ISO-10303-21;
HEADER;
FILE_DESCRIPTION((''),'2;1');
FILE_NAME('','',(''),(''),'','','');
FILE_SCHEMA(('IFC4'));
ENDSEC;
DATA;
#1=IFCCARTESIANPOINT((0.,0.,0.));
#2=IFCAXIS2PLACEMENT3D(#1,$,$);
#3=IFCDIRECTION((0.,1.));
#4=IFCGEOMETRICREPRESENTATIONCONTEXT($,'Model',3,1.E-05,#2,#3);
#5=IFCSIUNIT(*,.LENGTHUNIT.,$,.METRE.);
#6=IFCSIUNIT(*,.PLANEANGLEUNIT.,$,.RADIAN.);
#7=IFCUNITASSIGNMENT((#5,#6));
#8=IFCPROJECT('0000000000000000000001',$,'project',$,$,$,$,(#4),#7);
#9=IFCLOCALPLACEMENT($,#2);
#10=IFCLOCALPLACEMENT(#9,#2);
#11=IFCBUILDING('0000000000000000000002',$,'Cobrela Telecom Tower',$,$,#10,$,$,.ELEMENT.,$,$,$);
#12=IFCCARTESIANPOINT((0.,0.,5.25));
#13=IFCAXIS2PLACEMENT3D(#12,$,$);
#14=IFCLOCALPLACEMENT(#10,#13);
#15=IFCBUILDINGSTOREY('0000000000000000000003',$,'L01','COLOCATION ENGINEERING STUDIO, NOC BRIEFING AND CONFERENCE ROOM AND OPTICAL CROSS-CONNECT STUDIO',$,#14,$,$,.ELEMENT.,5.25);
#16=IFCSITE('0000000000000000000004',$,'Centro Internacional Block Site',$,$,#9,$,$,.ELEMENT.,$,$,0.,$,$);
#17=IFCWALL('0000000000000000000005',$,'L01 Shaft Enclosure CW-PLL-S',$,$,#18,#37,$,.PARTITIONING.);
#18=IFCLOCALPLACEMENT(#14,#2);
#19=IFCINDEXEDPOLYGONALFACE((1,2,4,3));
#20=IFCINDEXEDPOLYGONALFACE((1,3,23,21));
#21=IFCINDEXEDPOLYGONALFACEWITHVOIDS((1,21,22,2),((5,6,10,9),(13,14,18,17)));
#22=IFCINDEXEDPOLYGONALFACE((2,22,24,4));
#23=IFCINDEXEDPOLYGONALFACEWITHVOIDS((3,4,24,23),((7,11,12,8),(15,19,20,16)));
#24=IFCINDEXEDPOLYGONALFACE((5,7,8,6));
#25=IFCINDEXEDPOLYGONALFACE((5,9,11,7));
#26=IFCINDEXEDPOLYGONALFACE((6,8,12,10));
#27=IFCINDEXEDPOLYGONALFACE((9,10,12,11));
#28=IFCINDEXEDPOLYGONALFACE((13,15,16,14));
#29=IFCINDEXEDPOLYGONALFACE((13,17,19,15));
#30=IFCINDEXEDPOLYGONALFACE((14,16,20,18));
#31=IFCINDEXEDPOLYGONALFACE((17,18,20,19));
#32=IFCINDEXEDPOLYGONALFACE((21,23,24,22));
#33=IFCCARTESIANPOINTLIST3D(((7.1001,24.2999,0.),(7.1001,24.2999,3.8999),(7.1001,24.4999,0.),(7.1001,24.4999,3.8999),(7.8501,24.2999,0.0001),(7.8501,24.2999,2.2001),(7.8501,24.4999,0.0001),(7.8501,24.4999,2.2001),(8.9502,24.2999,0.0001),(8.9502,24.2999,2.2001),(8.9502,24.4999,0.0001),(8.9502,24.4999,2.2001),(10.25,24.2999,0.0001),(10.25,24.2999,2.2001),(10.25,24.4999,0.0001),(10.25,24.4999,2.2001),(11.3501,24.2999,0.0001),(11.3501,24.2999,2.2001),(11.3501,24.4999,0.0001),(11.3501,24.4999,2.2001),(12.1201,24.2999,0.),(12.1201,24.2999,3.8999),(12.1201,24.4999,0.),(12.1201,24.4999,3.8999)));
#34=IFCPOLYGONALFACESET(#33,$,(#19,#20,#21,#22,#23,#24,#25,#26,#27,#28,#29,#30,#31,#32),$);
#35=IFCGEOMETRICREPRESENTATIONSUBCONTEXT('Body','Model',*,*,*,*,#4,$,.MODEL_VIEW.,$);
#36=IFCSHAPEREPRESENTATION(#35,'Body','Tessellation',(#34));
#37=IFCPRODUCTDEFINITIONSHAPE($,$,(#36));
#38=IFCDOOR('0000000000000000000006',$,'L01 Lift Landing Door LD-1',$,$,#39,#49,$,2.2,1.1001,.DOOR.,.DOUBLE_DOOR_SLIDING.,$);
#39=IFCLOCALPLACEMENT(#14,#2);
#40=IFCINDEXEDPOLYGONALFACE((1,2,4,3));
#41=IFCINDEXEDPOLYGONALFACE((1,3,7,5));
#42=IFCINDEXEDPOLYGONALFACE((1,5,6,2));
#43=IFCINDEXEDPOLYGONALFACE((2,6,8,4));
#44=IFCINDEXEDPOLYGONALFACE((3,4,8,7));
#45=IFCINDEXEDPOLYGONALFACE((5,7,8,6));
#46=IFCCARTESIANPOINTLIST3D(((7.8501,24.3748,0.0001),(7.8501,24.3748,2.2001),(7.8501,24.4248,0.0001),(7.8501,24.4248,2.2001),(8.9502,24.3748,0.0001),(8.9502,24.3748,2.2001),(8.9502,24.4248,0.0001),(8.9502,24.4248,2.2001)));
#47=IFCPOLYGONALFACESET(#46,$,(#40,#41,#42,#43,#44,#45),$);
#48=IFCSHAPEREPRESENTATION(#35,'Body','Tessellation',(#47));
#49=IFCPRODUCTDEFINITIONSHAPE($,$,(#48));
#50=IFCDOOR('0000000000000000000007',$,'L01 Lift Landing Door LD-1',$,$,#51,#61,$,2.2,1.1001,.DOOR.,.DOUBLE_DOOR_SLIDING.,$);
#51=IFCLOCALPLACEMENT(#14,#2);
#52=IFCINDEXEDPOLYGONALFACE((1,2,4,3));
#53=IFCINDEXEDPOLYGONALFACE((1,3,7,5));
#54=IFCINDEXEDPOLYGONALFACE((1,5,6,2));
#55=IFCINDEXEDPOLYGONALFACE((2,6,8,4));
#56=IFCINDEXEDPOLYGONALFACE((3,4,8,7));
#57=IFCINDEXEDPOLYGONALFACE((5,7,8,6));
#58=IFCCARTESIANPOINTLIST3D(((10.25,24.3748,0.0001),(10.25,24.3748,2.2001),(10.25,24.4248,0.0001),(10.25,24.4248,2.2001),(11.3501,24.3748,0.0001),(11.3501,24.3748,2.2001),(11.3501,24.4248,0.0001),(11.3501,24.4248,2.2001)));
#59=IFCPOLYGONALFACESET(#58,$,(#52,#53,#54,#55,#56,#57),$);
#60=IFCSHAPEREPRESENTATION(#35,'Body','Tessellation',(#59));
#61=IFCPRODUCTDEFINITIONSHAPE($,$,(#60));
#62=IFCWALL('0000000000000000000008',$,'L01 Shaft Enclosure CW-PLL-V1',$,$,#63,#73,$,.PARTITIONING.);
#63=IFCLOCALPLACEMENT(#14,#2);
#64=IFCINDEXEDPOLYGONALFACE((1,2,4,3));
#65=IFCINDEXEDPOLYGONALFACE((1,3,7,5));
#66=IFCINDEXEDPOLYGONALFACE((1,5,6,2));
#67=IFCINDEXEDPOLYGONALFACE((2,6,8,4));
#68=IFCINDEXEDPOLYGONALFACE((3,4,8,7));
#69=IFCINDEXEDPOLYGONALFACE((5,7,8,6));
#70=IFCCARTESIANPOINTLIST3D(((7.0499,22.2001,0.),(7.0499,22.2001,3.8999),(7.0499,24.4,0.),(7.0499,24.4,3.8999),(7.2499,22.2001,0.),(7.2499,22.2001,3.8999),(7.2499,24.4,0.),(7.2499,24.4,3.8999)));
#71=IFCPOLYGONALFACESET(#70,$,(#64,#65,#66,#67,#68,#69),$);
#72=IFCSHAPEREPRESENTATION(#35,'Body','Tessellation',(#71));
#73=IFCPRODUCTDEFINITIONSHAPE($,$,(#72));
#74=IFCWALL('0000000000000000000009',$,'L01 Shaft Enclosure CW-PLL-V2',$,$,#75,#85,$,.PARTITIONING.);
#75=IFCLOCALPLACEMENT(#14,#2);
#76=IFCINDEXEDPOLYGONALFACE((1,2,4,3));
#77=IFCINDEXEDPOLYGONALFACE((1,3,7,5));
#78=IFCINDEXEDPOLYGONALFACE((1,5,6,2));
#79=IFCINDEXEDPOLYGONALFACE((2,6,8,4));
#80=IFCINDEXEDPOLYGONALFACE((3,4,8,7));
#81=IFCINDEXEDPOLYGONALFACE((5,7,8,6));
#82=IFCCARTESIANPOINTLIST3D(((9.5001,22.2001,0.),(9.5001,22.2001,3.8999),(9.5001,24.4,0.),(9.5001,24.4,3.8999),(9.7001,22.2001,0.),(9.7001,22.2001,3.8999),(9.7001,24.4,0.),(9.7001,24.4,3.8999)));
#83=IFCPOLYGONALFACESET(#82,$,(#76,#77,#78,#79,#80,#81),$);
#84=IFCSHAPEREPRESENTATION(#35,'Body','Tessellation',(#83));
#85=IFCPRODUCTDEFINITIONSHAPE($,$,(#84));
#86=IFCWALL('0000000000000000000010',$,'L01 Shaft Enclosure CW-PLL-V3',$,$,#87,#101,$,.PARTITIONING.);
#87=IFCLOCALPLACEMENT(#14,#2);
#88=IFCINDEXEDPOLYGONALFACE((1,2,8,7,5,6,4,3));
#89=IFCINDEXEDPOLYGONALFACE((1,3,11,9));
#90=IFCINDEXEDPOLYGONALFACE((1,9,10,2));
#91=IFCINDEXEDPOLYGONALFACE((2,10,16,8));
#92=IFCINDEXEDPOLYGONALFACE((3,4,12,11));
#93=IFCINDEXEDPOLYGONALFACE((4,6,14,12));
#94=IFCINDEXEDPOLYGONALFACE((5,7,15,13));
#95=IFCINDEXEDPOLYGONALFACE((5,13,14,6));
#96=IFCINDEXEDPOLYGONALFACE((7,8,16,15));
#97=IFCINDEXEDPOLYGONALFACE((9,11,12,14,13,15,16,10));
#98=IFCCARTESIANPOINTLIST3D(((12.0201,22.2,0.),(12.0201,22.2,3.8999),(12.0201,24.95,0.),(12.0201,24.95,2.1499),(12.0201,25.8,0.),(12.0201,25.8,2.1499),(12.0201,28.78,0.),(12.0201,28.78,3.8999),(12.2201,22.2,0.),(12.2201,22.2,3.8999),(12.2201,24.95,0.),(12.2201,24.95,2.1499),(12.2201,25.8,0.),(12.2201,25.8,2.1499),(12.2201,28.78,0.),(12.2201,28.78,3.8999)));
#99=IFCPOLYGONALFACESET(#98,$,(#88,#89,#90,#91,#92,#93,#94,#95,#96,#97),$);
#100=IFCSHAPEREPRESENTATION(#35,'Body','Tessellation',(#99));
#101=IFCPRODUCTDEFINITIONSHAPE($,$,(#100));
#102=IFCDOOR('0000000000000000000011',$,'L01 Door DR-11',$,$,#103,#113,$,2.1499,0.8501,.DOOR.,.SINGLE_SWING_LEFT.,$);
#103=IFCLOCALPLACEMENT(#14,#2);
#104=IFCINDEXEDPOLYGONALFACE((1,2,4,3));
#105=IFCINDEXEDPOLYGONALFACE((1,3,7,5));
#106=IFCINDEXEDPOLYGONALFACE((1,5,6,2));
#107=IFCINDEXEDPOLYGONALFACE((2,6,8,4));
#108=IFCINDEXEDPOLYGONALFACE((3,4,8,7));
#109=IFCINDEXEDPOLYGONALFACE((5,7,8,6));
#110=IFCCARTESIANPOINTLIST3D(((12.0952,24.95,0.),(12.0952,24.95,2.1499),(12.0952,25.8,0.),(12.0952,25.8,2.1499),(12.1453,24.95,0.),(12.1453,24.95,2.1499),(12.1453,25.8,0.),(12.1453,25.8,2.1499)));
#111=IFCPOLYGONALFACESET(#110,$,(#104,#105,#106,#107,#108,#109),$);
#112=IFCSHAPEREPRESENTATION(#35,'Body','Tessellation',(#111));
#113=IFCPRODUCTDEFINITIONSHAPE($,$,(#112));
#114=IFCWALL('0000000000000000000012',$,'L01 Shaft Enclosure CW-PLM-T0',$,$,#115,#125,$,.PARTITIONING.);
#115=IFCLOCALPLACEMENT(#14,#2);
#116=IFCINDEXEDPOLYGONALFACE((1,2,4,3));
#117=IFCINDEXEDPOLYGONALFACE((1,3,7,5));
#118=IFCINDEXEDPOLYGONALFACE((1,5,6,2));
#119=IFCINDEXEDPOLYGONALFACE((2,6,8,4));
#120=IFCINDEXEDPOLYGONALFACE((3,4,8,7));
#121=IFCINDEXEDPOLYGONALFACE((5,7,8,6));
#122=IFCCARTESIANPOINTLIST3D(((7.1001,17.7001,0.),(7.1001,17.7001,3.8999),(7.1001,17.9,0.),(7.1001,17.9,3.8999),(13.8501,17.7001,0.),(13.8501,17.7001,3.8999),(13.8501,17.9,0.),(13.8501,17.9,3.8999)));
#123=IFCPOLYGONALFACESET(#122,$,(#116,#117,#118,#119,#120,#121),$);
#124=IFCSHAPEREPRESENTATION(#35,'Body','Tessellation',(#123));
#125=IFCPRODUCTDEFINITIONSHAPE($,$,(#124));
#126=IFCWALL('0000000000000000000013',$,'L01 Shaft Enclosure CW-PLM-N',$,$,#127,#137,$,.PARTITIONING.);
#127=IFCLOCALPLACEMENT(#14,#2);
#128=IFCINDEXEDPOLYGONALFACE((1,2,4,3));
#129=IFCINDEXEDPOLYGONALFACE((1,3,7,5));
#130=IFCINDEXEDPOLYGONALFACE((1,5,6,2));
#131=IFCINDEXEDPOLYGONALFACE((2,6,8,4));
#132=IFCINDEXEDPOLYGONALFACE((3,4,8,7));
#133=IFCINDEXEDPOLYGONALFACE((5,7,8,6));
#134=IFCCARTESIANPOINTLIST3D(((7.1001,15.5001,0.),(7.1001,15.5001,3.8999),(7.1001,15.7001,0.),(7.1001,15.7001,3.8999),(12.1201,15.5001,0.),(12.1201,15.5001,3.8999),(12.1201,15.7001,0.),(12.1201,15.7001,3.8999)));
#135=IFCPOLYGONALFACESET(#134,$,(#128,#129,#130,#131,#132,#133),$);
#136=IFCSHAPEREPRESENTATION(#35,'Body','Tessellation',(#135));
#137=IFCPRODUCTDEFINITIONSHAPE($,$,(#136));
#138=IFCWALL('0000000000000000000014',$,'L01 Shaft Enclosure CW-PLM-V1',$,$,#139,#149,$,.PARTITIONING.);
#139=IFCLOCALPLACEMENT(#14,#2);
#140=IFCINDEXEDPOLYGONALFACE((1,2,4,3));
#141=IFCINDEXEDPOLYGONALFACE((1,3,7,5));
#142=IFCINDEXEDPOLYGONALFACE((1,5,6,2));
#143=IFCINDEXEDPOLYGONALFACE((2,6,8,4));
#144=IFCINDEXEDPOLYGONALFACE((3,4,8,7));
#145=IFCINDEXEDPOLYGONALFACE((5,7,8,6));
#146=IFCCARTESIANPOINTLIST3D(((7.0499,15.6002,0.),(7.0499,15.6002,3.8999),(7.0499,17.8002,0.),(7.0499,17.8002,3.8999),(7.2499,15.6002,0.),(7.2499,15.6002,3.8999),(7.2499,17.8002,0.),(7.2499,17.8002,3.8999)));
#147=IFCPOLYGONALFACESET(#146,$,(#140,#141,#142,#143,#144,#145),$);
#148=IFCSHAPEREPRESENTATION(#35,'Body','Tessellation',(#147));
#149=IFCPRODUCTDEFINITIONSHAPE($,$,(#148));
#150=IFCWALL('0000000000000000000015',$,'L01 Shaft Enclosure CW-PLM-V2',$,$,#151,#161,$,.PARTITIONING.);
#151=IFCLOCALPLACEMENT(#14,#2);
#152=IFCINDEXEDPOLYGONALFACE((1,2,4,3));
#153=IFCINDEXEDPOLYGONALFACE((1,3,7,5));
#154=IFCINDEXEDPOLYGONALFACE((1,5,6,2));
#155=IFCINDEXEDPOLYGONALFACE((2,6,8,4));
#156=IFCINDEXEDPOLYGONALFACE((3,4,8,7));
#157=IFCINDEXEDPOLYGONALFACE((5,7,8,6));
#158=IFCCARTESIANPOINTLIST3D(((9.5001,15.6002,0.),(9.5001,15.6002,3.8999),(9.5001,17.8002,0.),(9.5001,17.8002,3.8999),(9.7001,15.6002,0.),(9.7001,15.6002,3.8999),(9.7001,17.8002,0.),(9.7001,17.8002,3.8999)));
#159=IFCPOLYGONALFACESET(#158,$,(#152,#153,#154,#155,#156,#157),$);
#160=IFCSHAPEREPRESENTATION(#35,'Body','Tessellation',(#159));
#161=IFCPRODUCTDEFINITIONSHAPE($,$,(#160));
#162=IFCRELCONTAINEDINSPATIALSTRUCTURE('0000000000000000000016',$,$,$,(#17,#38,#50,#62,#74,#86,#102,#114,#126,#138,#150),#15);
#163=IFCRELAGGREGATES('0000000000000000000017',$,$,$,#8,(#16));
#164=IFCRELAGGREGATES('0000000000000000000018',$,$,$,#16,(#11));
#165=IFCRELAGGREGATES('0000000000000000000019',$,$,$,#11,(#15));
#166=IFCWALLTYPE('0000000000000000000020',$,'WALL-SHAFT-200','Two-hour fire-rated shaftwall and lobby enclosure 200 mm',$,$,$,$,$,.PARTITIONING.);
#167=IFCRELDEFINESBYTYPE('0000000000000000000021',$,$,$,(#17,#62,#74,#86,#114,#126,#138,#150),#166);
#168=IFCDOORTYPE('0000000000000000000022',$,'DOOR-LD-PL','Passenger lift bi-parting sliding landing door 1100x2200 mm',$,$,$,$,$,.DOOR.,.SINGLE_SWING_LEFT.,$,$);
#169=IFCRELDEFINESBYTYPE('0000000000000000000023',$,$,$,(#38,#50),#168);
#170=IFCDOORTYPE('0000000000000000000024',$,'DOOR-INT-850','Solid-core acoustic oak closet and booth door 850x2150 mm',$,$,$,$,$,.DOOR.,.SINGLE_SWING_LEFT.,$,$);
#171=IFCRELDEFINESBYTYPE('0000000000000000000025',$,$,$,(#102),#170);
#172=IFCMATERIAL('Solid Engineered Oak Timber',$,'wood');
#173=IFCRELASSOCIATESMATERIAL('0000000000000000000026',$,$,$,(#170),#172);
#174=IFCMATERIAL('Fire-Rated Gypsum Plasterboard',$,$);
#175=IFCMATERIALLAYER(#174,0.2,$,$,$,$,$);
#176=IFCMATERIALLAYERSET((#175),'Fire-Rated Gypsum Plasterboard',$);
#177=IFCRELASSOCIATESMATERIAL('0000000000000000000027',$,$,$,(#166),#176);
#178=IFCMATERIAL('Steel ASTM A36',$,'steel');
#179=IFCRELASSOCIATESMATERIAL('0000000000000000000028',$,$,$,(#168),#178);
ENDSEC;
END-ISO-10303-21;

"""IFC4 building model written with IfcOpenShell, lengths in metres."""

from ifc_helpers import new_model, si_unit, direction, frame, frame_2d, origin, place, context, subcontext, project, spatial, rectangle, extrude, material, layer, layer_set, type_object, element, fill, save


model = new_model("IFC4")

# Units and contexts
model_context = context("Model", 3, precision=1e-05, world=origin(), true_north=direction((0.0, 1.0)))
body_context = subcontext(model_context, "Body", "Model", "MODEL_VIEW")
ifc_project = project(units=[si_unit("LENGTHUNIT", "METRE"), si_unit("PLANEANGLEUNIT", "RADIAN")], contexts=[model_context])

# Site, building, storey
site_placement = place(None, origin())
site = spatial("IfcSite", under=ifc_project, at=site_placement, Name="Centro Internacional Block Site", CompositionType="ELEMENT", RefElevation=0.0)
building_placement = place(site_placement, origin())
building = spatial("IfcBuilding", under=site, at=building_placement, Name="Cobrela Telecom Tower", CompositionType="ELEMENT")
storey_placement = place(building_placement, frame((0.0, 0.0, 5.25)))
storey = spatial("IfcBuildingStorey", under=building, at=storey_placement, Name="L01", Description="COLOCATION ENGINEERING STUDIO, NOC BRIEFING AND CONFERENCE ROOM AND OPTICAL CROSS-CONNECT STUDIO", CompositionType="ELEMENT", Elevation=5.25)

# Shared definitions
ifc_material_1 = material(Name="Fire-Rated Gypsum Plasterboard")
ifc_material_2 = material(Name="Solid Engineered Oak Timber", Category="wood")
door_type_1 = type_object("IfcDoorType", Name="DOOR-INT-850", Description="Solid-core acoustic oak closet and booth door 850x2150 mm", OperationType="SINGLE_SWING_LEFT", PredefinedType="DOOR", material=ifc_material_2)

# Shared definitions
ifc_layer_1 = layer(ifc_material_1, 0.2)
ifc_layer_set_1 = layer_set([ifc_layer_1], Name="Fire-Rated Gypsum Plasterboard")
wall_type_1 = type_object("IfcWallType", Name="WALL-SHAFT-200", Description="Two-hour fire-rated shaftwall and lobby enclosure 200 mm", PredefinedType="PARTITIONING", material=ifc_layer_set_1)

# Wall, openings, doors
wall_1_placement = place(storey_placement, frame((7.1001, 24.3999, 0.0), z_axis=(0.0, 0.0, 1.0), x_axis=(1.0, 0.0, 0.0)))
wall_1 = element("IfcWall", 1, at=wall_1_placement, inside=storey, type_object=wall_type_1, Name="L01 Shaft Enclosure CW-PLL-S", PredefinedType="PARTITIONING", context=body_context, shape_type="SweptSolid", body=[
    extrude(rectangle(XDim=5.02, YDim=0.2, at=frame_2d((2.51, 0.0))), origin(), (0.0, 0.0, 1.0), 3.8999),
])
opening_1_placement = place(wall_1_placement, frame((0.75, 0.0, 0.0)))
opening_1 = element("IfcOpeningElement", 2, at=opening_1_placement, cuts=wall_1, PredefinedType="OPENING", context=body_context, shape_type="SweptSolid", body=[
    extrude(rectangle(XDim=1.1001, YDim=2.2, at=frame_2d((0.55, 1.1001))), frame((0.0, 0.1118, 0.0), z_axis=(0.0, -1.0, 0.0), x_axis=(1.0, 0.0, 0.0)), (0.0, 0.0, 1.0), 0.2239),
])
opening_2_placement = place(wall_1_placement, frame((3.1499, 0.0, 0.0)))
opening_2 = element("IfcOpeningElement", 3, at=opening_2_placement, cuts=wall_1, PredefinedType="OPENING", context=body_context, shape_type="SweptSolid", body=[
    extrude(rectangle(XDim=1.1001, YDim=2.2, at=frame_2d((0.55, 1.1001))), frame((0.0, 0.1118, 0.0), z_axis=(0.0, -1.0, 0.0), x_axis=(1.0, 0.0, 0.0)), (0.0, 0.0, 1.0), 0.2239),
])
ifc_material_3 = material(Name="Steel ASTM A36", Category="steel")
door_type_2 = type_object("IfcDoorType", Name="DOOR-LD-PL", Description="Passenger lift bi-parting sliding landing door 1100x2200 mm", OperationType="SINGLE_SWING_LEFT", PredefinedType="DOOR", material=ifc_material_3)
door_1_placement = place(opening_1_placement, origin())
door_1 = element("IfcDoor", 4, at=door_1_placement, inside=storey, type_object=door_type_2, Name="L01 Lift Landing Door LD-1", OperationType="DOUBLE_DOOR_SLIDING", OverallHeight=2.2, OverallWidth=1.1001, PredefinedType="DOOR", context=body_context, shape_type="SweptSolid", body=[
    extrude(rectangle(XDim=1.1001, YDim=2.2, at=frame_2d((0.55, 1.1001))), frame((0.0, 0.0249, 0.0), z_axis=(0.0, -1.0, 0.0), x_axis=(1.0, 0.0, 0.0)), (0.0, 0.0, 1.0), 0.05),
])
fill(opening_1, door_1)
door_2_placement = place(opening_2_placement, origin())
door_2 = element("IfcDoor", 5, at=door_2_placement, inside=storey, type_object=door_type_2, Name="L01 Lift Landing Door LD-1", OperationType="DOUBLE_DOOR_SLIDING", OverallHeight=2.2, OverallWidth=1.1001, PredefinedType="DOOR", context=body_context, shape_type="SweptSolid", body=[
    extrude(rectangle(XDim=1.1001, YDim=2.2, at=frame_2d((0.55, 1.1001))), frame((0.0, 0.0249, 0.0), z_axis=(0.0, -1.0, 0.0), x_axis=(1.0, 0.0, 0.0)), (0.0, 0.0, 1.0), 0.05),
])
fill(opening_2, door_2)

# Walls
for number, where, z_axis, x_axis, name in (
    (6, (7.1499, 22.2, 0.0), (0.0, 0.0, 1.0), (0.0, 1.0, 0.0), "L01 Shaft Enclosure CW-PLL-V1"),
    (7, (9.6001, 22.2, 0.0), (0.0, 0.0, 1.0), (0.0, 1.0, 0.0), "L01 Shaft Enclosure CW-PLL-V2"),
):
    element("IfcWall", number, at=place(storey_placement, frame(where, z_axis=z_axis, x_axis=x_axis)), inside=storey, type_object=wall_type_1, Name=name, PredefinedType="PARTITIONING", context=body_context, shape_type="SweptSolid", body=[
        extrude(rectangle(XDim=2.2, YDim=0.2, at=frame_2d((1.1001, 0.0))), origin(), (0.0, 0.0, 1.0), 3.8999),
    ])

# Wall, opening, door
wall_2_placement = place(storey_placement, frame((12.1201, 22.2, 0.0), z_axis=(0.0, 0.0, 1.0), x_axis=(0.0, 1.0, 0.0)))
wall_2 = element("IfcWall", 8, at=wall_2_placement, inside=storey, type_object=wall_type_1, Name="L01 Shaft Enclosure CW-PLL-V3", PredefinedType="PARTITIONING", context=body_context, shape_type="SweptSolid", body=[
    extrude(rectangle(XDim=6.5801, YDim=0.2, at=frame_2d((3.29, 0.0))), origin(), (0.0, 0.0, 1.0), 3.8999),
])
opening_3_placement = place(wall_2_placement, frame((2.75, 0.0, 0.0)))
opening_3 = element("IfcOpeningElement", 9, at=opening_3_placement, cuts=wall_2, PredefinedType="OPENING", context=body_context, shape_type="SweptSolid", body=[
    extrude(rectangle(XDim=0.8501, YDim=2.1499, at=frame_2d((0.425, 1.075))), frame((0.0, 0.1118, 0.0), z_axis=(0.0, -1.0, 0.0), x_axis=(1.0, 0.0, 0.0)), (0.0, 0.0, 1.0), 0.2239),
])
door_3_placement = place(opening_3_placement, origin())
door_3 = element("IfcDoor", 10, at=door_3_placement, inside=storey, type_object=door_type_1, Name="L01 Door DR-11", OperationType="SINGLE_SWING_LEFT", OverallHeight=2.1499, OverallWidth=0.8501, PredefinedType="DOOR", context=body_context, shape_type="SweptSolid", body=[
    extrude(rectangle(XDim=0.8501, YDim=2.1499, at=frame_2d((0.425, 1.075))), frame((0.0, 0.0249, 0.0), z_axis=(0.0, -1.0, 0.0), x_axis=(1.0, 0.0, 0.0)), (0.0, 0.0, 1.0), 0.05),
])
fill(opening_3, door_3)

# Walls
wall_3_placement = place(storey_placement, frame((7.1001, 17.8, 0.0), z_axis=(0.0, 0.0, 1.0), x_axis=(1.0, 0.0, 0.0)))
element("IfcWall", 11, at=wall_3_placement, inside=storey, type_object=wall_type_1, Name="L01 Shaft Enclosure CW-PLM-T0", PredefinedType="PARTITIONING", context=body_context, shape_type="SweptSolid", body=[
    extrude(rectangle(XDim=6.75, YDim=0.2, at=frame_2d((3.375, 0.0))), origin(), (0.0, 0.0, 1.0), 3.8999),
])
wall_4_placement = place(storey_placement, frame((7.1001, 15.6001, 0.0), z_axis=(0.0, 0.0, 1.0), x_axis=(1.0, 0.0, 0.0)))
element("IfcWall", 12, at=wall_4_placement, inside=storey, type_object=wall_type_1, Name="L01 Shaft Enclosure CW-PLM-N", PredefinedType="PARTITIONING", context=body_context, shape_type="SweptSolid", body=[
    extrude(rectangle(XDim=5.02, YDim=0.2, at=frame_2d((2.51, 0.0))), origin(), (0.0, 0.0, 1.0), 3.8999),
])
for number, where, z_axis, x_axis, name in (
    (13, (7.1499, 15.6001, 0.0), (0.0, 0.0, 1.0), (0.0, 1.0, 0.0), "L01 Shaft Enclosure CW-PLM-V1"),
    (14, (9.6001, 15.6001, 0.0), (0.0, 0.0, 1.0), (0.0, 1.0, 0.0), "L01 Shaft Enclosure CW-PLM-V2"),
):
    element("IfcWall", number, at=place(storey_placement, frame(where, z_axis=z_axis, x_axis=x_axis)), inside=storey, type_object=wall_type_1, Name=name, PredefinedType="PARTITIONING", context=body_context, shape_type="SweptSolid", body=[
        extrude(rectangle(XDim=2.2, YDim=0.2, at=frame_2d((1.1001, 0.0))), origin(), (0.0, 0.0, 1.0), 3.8999),
    ])

save(model, "model.ifc")
